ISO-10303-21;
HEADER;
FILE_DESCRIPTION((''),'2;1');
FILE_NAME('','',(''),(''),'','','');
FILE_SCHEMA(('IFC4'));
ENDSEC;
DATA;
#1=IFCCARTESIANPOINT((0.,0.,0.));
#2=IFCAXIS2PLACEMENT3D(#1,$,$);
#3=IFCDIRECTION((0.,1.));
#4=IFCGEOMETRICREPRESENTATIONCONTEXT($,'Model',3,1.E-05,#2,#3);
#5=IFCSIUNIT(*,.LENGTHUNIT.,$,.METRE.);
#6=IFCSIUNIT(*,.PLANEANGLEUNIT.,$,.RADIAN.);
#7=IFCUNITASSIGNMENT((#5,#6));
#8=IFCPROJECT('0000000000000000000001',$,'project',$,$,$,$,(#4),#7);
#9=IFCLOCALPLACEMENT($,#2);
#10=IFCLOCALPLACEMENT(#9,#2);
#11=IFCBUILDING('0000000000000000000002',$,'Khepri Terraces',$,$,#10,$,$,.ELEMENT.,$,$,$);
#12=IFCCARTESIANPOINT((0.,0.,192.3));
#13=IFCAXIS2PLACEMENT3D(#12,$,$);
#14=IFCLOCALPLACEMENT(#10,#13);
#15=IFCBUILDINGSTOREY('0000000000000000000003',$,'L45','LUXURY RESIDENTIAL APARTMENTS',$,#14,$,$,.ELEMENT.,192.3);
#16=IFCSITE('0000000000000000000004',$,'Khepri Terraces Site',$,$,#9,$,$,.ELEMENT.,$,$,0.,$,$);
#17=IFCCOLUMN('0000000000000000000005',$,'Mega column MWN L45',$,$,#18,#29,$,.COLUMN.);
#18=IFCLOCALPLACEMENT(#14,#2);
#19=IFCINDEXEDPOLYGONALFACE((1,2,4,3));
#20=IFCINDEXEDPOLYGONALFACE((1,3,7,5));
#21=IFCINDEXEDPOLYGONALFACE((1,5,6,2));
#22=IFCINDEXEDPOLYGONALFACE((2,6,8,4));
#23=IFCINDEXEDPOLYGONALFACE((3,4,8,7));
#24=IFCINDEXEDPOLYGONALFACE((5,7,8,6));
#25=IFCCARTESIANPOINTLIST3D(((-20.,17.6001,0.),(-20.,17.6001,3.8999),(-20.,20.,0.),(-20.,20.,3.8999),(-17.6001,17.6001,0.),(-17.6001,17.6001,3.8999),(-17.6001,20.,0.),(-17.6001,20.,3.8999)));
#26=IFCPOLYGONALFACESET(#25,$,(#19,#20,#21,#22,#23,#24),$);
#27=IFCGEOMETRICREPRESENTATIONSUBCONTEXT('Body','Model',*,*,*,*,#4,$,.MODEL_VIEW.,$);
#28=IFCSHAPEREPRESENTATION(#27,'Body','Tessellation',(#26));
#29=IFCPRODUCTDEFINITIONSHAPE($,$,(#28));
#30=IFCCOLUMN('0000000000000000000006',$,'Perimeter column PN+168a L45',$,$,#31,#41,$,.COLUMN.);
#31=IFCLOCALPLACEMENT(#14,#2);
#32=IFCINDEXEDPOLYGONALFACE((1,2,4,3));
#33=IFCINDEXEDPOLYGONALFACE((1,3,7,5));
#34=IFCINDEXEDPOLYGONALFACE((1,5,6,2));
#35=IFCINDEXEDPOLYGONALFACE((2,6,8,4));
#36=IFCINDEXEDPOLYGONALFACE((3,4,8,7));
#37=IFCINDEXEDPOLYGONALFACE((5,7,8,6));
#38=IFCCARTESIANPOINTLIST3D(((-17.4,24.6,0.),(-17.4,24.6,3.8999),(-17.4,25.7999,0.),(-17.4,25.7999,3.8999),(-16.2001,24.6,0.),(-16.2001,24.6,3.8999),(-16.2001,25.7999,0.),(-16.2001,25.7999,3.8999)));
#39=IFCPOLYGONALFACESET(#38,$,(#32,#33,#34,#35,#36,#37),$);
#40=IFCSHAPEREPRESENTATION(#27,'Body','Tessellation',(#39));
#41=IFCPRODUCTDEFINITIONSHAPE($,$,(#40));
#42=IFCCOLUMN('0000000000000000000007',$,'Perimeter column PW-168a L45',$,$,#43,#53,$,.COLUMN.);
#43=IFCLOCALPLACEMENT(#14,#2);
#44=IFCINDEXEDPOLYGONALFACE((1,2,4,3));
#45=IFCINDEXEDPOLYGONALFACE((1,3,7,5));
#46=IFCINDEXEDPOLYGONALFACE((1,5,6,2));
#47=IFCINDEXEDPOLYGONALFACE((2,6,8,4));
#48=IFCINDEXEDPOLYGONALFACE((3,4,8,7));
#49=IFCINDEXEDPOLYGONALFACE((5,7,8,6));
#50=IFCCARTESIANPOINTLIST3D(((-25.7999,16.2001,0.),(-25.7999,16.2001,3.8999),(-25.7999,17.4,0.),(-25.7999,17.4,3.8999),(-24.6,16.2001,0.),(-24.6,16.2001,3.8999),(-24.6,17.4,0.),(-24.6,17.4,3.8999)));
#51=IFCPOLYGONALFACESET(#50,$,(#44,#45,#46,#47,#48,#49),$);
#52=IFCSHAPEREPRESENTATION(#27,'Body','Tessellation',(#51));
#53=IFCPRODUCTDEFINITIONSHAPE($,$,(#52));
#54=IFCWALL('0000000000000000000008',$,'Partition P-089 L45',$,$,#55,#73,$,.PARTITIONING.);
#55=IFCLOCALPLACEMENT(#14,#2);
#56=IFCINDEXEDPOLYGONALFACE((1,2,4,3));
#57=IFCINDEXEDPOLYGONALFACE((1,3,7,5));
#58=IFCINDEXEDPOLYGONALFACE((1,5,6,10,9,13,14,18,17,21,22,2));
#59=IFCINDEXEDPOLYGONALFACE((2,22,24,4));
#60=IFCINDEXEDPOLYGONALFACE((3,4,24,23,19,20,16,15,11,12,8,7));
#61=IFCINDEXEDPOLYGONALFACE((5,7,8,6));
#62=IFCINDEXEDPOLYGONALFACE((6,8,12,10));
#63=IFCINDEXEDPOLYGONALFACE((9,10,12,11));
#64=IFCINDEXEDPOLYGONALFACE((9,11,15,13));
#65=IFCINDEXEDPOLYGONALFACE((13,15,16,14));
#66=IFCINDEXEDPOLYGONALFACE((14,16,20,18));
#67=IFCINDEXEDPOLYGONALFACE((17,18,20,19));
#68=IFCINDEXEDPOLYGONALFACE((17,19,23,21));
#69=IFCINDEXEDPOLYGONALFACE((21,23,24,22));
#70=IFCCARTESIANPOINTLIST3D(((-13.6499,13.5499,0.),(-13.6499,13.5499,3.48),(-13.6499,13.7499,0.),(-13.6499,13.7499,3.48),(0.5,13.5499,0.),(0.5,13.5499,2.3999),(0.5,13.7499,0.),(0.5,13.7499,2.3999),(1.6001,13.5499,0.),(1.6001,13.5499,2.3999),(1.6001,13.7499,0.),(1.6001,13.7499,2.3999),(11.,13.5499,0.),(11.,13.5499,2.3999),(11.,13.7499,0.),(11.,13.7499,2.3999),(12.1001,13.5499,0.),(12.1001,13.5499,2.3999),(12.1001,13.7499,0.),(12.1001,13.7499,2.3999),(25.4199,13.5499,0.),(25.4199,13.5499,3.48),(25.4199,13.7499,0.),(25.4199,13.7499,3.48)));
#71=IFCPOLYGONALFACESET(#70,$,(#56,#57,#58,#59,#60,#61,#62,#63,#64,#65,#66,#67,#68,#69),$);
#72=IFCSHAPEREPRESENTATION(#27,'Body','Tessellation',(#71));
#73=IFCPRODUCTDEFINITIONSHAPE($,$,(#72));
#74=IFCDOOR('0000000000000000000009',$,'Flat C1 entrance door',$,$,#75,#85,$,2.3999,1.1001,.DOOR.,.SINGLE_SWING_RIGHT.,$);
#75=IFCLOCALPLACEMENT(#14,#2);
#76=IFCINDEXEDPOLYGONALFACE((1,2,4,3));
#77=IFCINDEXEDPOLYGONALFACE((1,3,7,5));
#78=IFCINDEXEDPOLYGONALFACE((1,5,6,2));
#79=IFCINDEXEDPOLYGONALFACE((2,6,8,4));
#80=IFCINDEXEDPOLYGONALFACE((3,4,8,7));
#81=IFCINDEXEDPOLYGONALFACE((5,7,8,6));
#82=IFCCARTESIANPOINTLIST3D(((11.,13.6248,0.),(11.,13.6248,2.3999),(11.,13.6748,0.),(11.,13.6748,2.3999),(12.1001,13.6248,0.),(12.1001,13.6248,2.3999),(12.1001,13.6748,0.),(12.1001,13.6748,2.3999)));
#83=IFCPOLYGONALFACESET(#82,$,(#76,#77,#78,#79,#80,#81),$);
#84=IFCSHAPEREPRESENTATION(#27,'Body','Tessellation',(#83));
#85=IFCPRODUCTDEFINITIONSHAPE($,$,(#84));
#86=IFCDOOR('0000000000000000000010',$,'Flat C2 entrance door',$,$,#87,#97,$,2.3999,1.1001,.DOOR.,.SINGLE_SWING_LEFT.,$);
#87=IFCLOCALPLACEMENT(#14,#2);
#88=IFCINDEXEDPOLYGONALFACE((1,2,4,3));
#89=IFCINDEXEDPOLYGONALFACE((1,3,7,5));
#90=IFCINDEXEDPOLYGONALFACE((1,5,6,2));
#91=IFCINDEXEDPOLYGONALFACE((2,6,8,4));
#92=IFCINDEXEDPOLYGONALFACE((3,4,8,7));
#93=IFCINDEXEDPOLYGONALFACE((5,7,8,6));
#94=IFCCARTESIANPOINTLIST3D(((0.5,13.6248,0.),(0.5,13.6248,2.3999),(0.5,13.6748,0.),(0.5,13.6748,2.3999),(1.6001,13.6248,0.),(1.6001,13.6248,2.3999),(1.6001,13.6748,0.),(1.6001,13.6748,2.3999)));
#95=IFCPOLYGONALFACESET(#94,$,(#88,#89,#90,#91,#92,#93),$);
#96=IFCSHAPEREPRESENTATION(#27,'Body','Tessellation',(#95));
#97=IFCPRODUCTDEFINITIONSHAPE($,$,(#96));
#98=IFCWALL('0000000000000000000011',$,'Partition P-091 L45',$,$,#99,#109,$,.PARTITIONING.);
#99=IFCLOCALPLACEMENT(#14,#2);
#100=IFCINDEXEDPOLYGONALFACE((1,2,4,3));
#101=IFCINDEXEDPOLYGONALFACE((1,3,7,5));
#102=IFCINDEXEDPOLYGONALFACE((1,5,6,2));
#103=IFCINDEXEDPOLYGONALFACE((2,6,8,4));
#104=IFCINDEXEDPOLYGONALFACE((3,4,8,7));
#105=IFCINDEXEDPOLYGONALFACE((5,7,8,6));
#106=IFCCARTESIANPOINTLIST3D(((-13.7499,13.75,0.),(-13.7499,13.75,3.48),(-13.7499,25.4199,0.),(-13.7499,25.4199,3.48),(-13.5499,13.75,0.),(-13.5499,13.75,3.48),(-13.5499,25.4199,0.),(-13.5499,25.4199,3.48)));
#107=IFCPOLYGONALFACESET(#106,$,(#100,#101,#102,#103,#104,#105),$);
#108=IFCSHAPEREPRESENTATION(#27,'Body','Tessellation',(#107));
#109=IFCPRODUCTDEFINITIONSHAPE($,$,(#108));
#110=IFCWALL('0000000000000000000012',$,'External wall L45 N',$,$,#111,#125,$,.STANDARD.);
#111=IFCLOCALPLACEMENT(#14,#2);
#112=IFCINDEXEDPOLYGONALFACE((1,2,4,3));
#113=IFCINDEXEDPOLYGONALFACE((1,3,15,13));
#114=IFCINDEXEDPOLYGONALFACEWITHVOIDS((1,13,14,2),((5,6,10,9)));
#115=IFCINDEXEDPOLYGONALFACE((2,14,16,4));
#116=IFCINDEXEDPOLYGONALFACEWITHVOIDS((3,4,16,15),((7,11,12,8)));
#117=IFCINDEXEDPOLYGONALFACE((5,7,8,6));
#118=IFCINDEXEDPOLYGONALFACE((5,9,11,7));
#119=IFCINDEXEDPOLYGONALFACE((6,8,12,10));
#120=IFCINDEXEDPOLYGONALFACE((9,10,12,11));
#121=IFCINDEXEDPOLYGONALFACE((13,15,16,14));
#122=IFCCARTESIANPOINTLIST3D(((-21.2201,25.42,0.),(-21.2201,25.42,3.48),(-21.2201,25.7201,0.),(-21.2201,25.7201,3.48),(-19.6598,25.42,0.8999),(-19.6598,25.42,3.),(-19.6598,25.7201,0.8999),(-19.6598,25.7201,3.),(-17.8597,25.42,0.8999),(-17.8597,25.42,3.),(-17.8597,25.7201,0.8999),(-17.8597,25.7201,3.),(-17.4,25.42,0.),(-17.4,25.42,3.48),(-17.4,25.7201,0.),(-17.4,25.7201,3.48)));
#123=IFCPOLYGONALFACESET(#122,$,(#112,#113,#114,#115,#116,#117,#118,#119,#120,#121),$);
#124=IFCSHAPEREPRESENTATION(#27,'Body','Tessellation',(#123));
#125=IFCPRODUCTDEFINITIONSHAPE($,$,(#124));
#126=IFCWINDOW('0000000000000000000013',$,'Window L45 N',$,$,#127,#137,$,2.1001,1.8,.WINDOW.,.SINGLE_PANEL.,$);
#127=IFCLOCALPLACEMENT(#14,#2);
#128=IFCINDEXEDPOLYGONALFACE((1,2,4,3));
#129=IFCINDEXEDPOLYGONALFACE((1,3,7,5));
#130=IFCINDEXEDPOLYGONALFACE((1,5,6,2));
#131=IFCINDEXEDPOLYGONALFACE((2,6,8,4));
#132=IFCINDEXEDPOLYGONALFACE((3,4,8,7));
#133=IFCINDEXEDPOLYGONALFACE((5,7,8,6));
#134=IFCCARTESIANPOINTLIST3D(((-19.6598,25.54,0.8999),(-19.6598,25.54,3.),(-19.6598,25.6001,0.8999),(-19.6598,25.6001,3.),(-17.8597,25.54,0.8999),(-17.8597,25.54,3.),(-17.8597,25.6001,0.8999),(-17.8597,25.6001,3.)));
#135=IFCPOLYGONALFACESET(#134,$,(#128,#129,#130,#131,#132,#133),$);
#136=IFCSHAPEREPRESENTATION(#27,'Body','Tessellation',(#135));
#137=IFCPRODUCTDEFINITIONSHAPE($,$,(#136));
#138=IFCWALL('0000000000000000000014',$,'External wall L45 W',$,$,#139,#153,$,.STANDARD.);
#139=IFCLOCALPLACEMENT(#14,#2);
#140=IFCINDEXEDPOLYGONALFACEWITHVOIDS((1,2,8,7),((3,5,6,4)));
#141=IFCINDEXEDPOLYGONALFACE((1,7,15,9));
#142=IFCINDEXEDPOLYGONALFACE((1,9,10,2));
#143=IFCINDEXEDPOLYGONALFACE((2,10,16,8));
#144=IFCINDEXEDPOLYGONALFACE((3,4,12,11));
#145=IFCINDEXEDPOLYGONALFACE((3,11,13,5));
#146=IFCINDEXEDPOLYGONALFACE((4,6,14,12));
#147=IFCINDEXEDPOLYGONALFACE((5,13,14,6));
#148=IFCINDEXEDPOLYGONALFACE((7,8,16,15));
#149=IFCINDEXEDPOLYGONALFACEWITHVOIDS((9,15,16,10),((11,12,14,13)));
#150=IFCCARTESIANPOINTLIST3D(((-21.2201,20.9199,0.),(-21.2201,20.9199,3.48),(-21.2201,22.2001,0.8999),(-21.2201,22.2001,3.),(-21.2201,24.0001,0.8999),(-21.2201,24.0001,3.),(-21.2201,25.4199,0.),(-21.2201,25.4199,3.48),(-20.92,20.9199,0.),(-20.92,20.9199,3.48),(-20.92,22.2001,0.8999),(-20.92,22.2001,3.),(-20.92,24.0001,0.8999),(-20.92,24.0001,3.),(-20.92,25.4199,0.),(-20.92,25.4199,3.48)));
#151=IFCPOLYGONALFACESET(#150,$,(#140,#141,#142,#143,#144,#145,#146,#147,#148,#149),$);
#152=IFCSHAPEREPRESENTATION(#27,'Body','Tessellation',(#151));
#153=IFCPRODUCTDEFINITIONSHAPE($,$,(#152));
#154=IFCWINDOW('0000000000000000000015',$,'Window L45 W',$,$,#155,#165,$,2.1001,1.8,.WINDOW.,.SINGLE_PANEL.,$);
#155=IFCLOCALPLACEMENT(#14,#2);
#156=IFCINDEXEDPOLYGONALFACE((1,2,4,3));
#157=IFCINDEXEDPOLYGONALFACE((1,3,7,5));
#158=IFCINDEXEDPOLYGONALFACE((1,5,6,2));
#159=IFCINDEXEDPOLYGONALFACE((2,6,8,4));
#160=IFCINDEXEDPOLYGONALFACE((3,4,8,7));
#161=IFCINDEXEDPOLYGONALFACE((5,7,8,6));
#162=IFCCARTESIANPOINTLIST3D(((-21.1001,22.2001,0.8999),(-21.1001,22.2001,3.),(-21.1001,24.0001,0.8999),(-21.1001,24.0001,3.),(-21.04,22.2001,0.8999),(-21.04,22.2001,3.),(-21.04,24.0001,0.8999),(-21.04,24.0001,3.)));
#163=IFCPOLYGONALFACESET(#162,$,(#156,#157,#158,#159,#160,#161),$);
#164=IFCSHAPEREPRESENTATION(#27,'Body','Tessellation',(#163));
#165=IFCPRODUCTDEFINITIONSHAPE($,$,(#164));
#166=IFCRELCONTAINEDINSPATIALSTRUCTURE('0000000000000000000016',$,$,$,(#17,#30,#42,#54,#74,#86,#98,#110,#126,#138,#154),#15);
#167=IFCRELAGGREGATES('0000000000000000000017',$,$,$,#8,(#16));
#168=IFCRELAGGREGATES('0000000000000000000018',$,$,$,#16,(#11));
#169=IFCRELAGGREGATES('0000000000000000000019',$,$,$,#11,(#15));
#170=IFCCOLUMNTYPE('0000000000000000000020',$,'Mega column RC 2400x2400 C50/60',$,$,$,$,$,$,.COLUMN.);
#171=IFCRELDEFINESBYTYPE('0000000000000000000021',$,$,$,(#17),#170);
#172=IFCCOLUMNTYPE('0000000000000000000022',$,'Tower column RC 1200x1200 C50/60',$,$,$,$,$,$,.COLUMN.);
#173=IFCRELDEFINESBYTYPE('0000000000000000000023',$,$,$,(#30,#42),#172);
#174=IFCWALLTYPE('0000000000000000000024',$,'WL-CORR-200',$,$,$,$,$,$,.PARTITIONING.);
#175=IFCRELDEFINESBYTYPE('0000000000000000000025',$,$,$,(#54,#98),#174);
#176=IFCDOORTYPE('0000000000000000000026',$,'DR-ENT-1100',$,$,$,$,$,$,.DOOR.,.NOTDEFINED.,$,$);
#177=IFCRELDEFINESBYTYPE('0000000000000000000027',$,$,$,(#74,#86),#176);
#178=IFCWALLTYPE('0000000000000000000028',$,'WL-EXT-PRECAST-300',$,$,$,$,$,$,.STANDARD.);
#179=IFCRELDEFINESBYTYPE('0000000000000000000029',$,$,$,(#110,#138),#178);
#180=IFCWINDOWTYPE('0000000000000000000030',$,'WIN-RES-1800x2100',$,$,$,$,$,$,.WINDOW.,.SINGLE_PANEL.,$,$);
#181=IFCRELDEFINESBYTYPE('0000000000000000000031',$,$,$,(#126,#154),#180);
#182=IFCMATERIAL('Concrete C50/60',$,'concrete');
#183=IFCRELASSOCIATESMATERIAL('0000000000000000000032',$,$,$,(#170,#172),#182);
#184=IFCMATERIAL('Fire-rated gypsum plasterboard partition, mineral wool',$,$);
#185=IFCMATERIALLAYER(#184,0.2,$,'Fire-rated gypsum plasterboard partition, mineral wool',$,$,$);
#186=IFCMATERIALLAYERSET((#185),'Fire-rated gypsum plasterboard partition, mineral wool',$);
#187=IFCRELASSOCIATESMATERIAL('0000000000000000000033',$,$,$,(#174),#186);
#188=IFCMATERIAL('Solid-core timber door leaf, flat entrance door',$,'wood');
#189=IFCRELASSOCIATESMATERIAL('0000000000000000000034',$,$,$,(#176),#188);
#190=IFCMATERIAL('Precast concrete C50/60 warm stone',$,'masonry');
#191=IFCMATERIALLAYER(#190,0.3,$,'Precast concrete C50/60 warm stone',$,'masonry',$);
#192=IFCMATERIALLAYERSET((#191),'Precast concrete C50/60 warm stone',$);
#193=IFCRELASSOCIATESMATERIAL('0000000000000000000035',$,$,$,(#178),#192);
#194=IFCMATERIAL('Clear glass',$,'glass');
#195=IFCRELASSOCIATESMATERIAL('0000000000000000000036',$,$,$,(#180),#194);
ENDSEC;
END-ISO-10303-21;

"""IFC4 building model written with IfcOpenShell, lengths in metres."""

from ifc_helpers import new_model, si_unit, direction, frame, frame_2d, origin, origin_2d, place, context, subcontext, project, spatial, rectangle, extrude, material, layer, layer_set, material_profile, profile_set, type_object, element, fill, save


model = new_model("IFC4")

# Units and contexts
model_context = context("Model", 3, precision=1e-05, world=origin(), true_north=direction((0.0, 1.0)))
body_context = subcontext(model_context, "Body", "Model", "MODEL_VIEW")
ifc_project = project(units=[si_unit("LENGTHUNIT", "METRE"), si_unit("PLANEANGLEUNIT", "RADIAN")], contexts=[model_context])

# Site, building, storey
site_placement = place(None, origin())
site = spatial("IfcSite", under=ifc_project, at=site_placement, Name="Khepri Terraces Site", CompositionType="ELEMENT", RefElevation=0.0)
building_placement = place(site_placement, origin())
building = spatial("IfcBuilding", under=site, at=building_placement, Name="Khepri Terraces", CompositionType="ELEMENT")
storey_placement = place(building_placement, frame((0.0, 0.0, 192.3)))
storey = spatial("IfcBuildingStorey", under=building, at=storey_placement, Name="L45", Description="LUXURY RESIDENTIAL APARTMENTS", CompositionType="ELEMENT", Elevation=192.3)

# Columns
ifc_material_1 = material(Name="Concrete C50/60", Category="concrete")
ifc_material_profile_1 = material_profile(ifc_material_1, rectangle(XDim=2.3999, YDim=2.3999, at=origin_2d()), Name="Concrete C50/60", Category="concrete")
ifc_profile_set_1 = profile_set([ifc_material_profile_1], Name="Concrete C50/60")
column_type_1 = type_object("IfcColumnType", Name="Mega column RC 2400x2400 C50/60", PredefinedType="COLUMN", material=ifc_profile_set_1)
column_placement = place(storey_placement, frame((-18.8, 18.8, 0.0), z_axis=(0.0, 0.0, 1.0), x_axis=(1.0, 0.0, 0.0)))
element("IfcColumn", 1, at=column_placement, inside=storey, type_object=column_type_1, Name="Mega column MWN L45", PredefinedType="COLUMN", context=body_context, shape_type="SweptSolid", body=[
    extrude(rectangle(XDim=2.3999, YDim=2.3999, at=origin_2d()), origin(), (0.0, 0.0, 1.0), 3.8999),
])
ifc_material_profile_2 = material_profile(ifc_material_1, rectangle(XDim=1.2, YDim=1.2, at=origin_2d()), Name="Concrete C50/60", Category="concrete")
ifc_profile_set_2 = profile_set([ifc_material_profile_2], Name="Concrete C50/60")
column_type_2 = type_object("IfcColumnType", Name="Tower column RC 1200x1200 C50/60", PredefinedType="COLUMN", material=ifc_profile_set_2)
for number, where, z_axis, x_axis, name in (
    (2, (-16.8, 25.2, 0.0), (0.0, 0.0, 1.0), (1.0, 0.0, 0.0), "Perimeter column PN+168a L45"),
    (3, (-25.2, 16.8, 0.0), (0.0, 0.0, 1.0), (1.0, 0.0, 0.0), "Perimeter column PW-168a L45"),
):
    element("IfcColumn", number, at=place(storey_placement, frame(where, z_axis=z_axis, x_axis=x_axis)), inside=storey, type_object=column_type_2, Name=name, PredefinedType="COLUMN", context=body_context, shape_type="SweptSolid", body=[
        extrude(rectangle(XDim=1.2, YDim=1.2, at=origin_2d()), origin(), (0.0, 0.0, 1.0), 3.8999),
    ])

# Wall, openings, doors
ifc_material_2 = material(Name="Fire-rated gypsum plasterboard partition, mineral wool")
ifc_layer_1 = layer(ifc_material_2, 0.2, Name="Fire-rated gypsum plasterboard partition, mineral wool")
ifc_layer_set_1 = layer_set([ifc_layer_1], Name="Fire-rated gypsum plasterboard partition, mineral wool")
wall_type_1 = type_object("IfcWallType", Name="WL-CORR-200", PredefinedType="PARTITIONING", material=ifc_layer_set_1)
wall_1_placement = place(storey_placement, frame((-13.6499, 13.6499, 0.0), z_axis=(0.0, 0.0, 1.0), x_axis=(1.0, 0.0, 0.0)))
wall_1 = element("IfcWall", 4, at=wall_1_placement, inside=storey, type_object=wall_type_1, Name="Partition P-089 L45", PredefinedType="PARTITIONING", context=body_context, shape_type="SweptSolid", body=[
    extrude(rectangle(XDim=39.0698, YDim=0.2, at=frame_2d((19.5349, 0.0))), origin(), (0.0, 0.0, 1.0), 3.48),
])
opening_1_placement = place(wall_1_placement, frame((24.6499, 0.0, 0.0)))
opening_1 = element("IfcOpeningElement", 5, at=opening_1_placement, cuts=wall_1, PredefinedType="OPENING", context=body_context, shape_type="SweptSolid", body=[
    extrude(rectangle(XDim=1.1001, YDim=2.3999, at=frame_2d((0.55, 1.2))), frame((0.0, 0.1099, 0.0), z_axis=(0.0, -1.0, 0.0), x_axis=(1.0, 0.0, 0.0)), (0.0, 0.0, 1.0), 0.22),
])
opening_2_placement = place(wall_1_placement, frame((14.1499, 0.0, 0.0)))
opening_2 = element("IfcOpeningElement", 6, at=opening_2_placement, cuts=wall_1, PredefinedType="OPENING", context=body_context, shape_type="SweptSolid", body=[
    extrude(rectangle(XDim=1.1001, YDim=2.3999, at=frame_2d((0.55, 1.2))), frame((0.0, 0.1099, 0.0), z_axis=(0.0, -1.0, 0.0), x_axis=(1.0, 0.0, 0.0)), (0.0, 0.0, 1.0), 0.22),
])
ifc_material_3 = material(Name="Solid-core timber door leaf, flat entrance door", Category="wood")
door_type_1 = type_object("IfcDoorType", Name="DR-ENT-1100", OperationType="NOTDEFINED", PredefinedType="DOOR", material=ifc_material_3)
door_1_placement = place(opening_1_placement, origin())
door_1 = element("IfcDoor", 7, at=door_1_placement, inside=storey, type_object=door_type_1, Name="Flat C1 entrance door", OperationType="SINGLE_SWING_RIGHT", OverallHeight=2.3999, OverallWidth=1.1001, PredefinedType="DOOR", context=body_context, shape_type="SweptSolid", body=[
    extrude(rectangle(XDim=1.1001, YDim=2.3999, at=frame_2d((0.55, 1.2))), frame((0.0, 0.0249, 0.0), z_axis=(0.0, -1.0, 0.0), x_axis=(1.0, 0.0, 0.0)), (0.0, 0.0, 1.0), 0.05),
])
fill(opening_1, door_1)
door_2_placement = place(opening_2_placement, origin())
door_2 = element("IfcDoor", 8, at=door_2_placement, inside=storey, type_object=door_type_1, Name="Flat C2 entrance door", OperationType="SINGLE_SWING_LEFT", OverallHeight=2.3999, OverallWidth=1.1001, PredefinedType="DOOR", context=body_context, shape_type="SweptSolid", body=[
    extrude(rectangle(XDim=1.1001, YDim=2.3999, at=frame_2d((0.55, 1.2))), frame((0.0, 0.0249, 0.0), z_axis=(0.0, -1.0, 0.0), x_axis=(1.0, 0.0, 0.0)), (0.0, 0.0, 1.0), 0.05),
])
fill(opening_2, door_2)

# Wall
wall_2_placement = place(storey_placement, frame((-13.6499, 13.75, 0.0), z_axis=(0.0, 0.0, 1.0), x_axis=(0.0, 1.0, 0.0)))
element("IfcWall", 9, at=wall_2_placement, inside=storey, type_object=wall_type_1, Name="Partition P-091 L45", PredefinedType="PARTITIONING", context=body_context, shape_type="SweptSolid", body=[
    extrude(rectangle(XDim=11.6699, YDim=0.2, at=frame_2d((5.835, 0.0))), origin(), (0.0, 0.0, 1.0), 3.48),
])

# Walls, openings, windows
ifc_material_4 = material(Name="Precast concrete C50/60 warm stone", Category="masonry")
ifc_layer_2 = layer(ifc_material_4, 0.3, Name="Precast concrete C50/60 warm stone", Category="masonry")
ifc_layer_set_2 = layer_set([ifc_layer_2], Name="Precast concrete C50/60 warm stone")
wall_type_2 = type_object("IfcWallType", Name="WL-EXT-PRECAST-300", PredefinedType="STANDARD", material=ifc_layer_set_2)
wall_3_placement = place(storey_placement, frame((-17.3999, 25.5701, 0.0), z_axis=(0.0, 0.0, 1.0), x_axis=(-1.0, 0.0, 0.0)))
wall_3 = element("IfcWall", 10, at=wall_3_placement, inside=storey, type_object=wall_type_2, Name="External wall L45 N", PredefinedType="STANDARD", context=body_context, shape_type="SweptSolid", body=[
    extrude(rectangle(XDim=3.8201, YDim=0.3, at=frame_2d((1.9102, 0.0))), origin(), (0.0, 0.0, 1.0), 3.48),
])
opening_3_placement = place(wall_3_placement, frame((0.46, 0.0, 0.8999)))
opening_3 = element("IfcOpeningElement", 11, at=opening_3_placement, cuts=wall_3, PredefinedType="OPENING", context=body_context, shape_type="SweptSolid", body=[
    extrude(rectangle(XDim=1.8, YDim=2.1001, at=frame_2d((0.8999, 1.05))), frame((0.0, 0.1602, 0.0), z_axis=(0.0, -1.0, 0.0), x_axis=(1.0, 0.0, 0.0)), (0.0, 0.0, 1.0), 0.3201),
])
ifc_material_5 = material(Name="Clear glass", Category="glass")
window_type = type_object("IfcWindowType", Name="WIN-RES-1800x2100", PartitioningType="SINGLE_PANEL", PredefinedType="WINDOW", material=ifc_material_5)
window_1_placement = place(opening_3_placement, origin())
window_1 = element("IfcWindow", 12, at=window_1_placement, inside=storey, type_object=window_type, Name="Window L45 N", OverallHeight=2.1001, OverallWidth=1.8, PartitioningType="SINGLE_PANEL", PredefinedType="WINDOW", context=body_context, shape_type="SweptSolid", body=[
    extrude(rectangle(XDim=1.8, YDim=2.1001, at=frame_2d((0.8999, 1.05))), frame((0.0, 0.03, 0.0), z_axis=(0.0, -1.0, 0.0), x_axis=(1.0, 0.0, 0.0)), (0.0, 0.0, 1.0), 0.0601),
])
fill(opening_3, window_1)
wall_4_placement = place(storey_placement, frame((-21.0701, 25.4199, 0.0), z_axis=(0.0, 0.0, 1.0), x_axis=(0.0, -1.0, 0.0)))
wall_4 = element("IfcWall", 13, at=wall_4_placement, inside=storey, type_object=wall_type_2, Name="External wall L45 W", PredefinedType="STANDARD", context=body_context, shape_type="SweptSolid", body=[
    extrude(rectangle(XDim=4.5, YDim=0.3, at=frame_2d((2.25, 0.0))), origin(), (0.0, 0.0, 1.0), 3.48),
])
opening_4_placement = place(wall_4_placement, frame((1.4199, 0.0, 0.8999)))
opening_4 = element("IfcOpeningElement", 14, at=opening_4_placement, cuts=wall_4, PredefinedType="OPENING", context=body_context, shape_type="SweptSolid", body=[
    extrude(rectangle(XDim=1.8, YDim=2.1001, at=frame_2d((0.8999, 1.05))), frame((0.0, 0.1602, 0.0), z_axis=(0.0, -1.0, 0.0), x_axis=(1.0, 0.0, 0.0)), (0.0, 0.0, 1.0), 0.3201),
])
window_2_placement = place(opening_4_placement, origin())
window_2 = element("IfcWindow", 15, at=window_2_placement, inside=storey, type_object=window_type, Name="Window L45 W", OverallHeight=2.1001, OverallWidth=1.8, PartitioningType="SINGLE_PANEL", PredefinedType="WINDOW", context=body_context, shape_type="SweptSolid", body=[
    extrude(rectangle(XDim=1.8, YDim=2.1001, at=frame_2d((0.8999, 1.05))), frame((0.0, 0.03, 0.0), z_axis=(0.0, -1.0, 0.0), x_axis=(1.0, 0.0, 0.0)), (0.0, 0.0, 1.0), 0.0601),
])
fill(opening_4, window_2)

save(model, "model.ifc")
